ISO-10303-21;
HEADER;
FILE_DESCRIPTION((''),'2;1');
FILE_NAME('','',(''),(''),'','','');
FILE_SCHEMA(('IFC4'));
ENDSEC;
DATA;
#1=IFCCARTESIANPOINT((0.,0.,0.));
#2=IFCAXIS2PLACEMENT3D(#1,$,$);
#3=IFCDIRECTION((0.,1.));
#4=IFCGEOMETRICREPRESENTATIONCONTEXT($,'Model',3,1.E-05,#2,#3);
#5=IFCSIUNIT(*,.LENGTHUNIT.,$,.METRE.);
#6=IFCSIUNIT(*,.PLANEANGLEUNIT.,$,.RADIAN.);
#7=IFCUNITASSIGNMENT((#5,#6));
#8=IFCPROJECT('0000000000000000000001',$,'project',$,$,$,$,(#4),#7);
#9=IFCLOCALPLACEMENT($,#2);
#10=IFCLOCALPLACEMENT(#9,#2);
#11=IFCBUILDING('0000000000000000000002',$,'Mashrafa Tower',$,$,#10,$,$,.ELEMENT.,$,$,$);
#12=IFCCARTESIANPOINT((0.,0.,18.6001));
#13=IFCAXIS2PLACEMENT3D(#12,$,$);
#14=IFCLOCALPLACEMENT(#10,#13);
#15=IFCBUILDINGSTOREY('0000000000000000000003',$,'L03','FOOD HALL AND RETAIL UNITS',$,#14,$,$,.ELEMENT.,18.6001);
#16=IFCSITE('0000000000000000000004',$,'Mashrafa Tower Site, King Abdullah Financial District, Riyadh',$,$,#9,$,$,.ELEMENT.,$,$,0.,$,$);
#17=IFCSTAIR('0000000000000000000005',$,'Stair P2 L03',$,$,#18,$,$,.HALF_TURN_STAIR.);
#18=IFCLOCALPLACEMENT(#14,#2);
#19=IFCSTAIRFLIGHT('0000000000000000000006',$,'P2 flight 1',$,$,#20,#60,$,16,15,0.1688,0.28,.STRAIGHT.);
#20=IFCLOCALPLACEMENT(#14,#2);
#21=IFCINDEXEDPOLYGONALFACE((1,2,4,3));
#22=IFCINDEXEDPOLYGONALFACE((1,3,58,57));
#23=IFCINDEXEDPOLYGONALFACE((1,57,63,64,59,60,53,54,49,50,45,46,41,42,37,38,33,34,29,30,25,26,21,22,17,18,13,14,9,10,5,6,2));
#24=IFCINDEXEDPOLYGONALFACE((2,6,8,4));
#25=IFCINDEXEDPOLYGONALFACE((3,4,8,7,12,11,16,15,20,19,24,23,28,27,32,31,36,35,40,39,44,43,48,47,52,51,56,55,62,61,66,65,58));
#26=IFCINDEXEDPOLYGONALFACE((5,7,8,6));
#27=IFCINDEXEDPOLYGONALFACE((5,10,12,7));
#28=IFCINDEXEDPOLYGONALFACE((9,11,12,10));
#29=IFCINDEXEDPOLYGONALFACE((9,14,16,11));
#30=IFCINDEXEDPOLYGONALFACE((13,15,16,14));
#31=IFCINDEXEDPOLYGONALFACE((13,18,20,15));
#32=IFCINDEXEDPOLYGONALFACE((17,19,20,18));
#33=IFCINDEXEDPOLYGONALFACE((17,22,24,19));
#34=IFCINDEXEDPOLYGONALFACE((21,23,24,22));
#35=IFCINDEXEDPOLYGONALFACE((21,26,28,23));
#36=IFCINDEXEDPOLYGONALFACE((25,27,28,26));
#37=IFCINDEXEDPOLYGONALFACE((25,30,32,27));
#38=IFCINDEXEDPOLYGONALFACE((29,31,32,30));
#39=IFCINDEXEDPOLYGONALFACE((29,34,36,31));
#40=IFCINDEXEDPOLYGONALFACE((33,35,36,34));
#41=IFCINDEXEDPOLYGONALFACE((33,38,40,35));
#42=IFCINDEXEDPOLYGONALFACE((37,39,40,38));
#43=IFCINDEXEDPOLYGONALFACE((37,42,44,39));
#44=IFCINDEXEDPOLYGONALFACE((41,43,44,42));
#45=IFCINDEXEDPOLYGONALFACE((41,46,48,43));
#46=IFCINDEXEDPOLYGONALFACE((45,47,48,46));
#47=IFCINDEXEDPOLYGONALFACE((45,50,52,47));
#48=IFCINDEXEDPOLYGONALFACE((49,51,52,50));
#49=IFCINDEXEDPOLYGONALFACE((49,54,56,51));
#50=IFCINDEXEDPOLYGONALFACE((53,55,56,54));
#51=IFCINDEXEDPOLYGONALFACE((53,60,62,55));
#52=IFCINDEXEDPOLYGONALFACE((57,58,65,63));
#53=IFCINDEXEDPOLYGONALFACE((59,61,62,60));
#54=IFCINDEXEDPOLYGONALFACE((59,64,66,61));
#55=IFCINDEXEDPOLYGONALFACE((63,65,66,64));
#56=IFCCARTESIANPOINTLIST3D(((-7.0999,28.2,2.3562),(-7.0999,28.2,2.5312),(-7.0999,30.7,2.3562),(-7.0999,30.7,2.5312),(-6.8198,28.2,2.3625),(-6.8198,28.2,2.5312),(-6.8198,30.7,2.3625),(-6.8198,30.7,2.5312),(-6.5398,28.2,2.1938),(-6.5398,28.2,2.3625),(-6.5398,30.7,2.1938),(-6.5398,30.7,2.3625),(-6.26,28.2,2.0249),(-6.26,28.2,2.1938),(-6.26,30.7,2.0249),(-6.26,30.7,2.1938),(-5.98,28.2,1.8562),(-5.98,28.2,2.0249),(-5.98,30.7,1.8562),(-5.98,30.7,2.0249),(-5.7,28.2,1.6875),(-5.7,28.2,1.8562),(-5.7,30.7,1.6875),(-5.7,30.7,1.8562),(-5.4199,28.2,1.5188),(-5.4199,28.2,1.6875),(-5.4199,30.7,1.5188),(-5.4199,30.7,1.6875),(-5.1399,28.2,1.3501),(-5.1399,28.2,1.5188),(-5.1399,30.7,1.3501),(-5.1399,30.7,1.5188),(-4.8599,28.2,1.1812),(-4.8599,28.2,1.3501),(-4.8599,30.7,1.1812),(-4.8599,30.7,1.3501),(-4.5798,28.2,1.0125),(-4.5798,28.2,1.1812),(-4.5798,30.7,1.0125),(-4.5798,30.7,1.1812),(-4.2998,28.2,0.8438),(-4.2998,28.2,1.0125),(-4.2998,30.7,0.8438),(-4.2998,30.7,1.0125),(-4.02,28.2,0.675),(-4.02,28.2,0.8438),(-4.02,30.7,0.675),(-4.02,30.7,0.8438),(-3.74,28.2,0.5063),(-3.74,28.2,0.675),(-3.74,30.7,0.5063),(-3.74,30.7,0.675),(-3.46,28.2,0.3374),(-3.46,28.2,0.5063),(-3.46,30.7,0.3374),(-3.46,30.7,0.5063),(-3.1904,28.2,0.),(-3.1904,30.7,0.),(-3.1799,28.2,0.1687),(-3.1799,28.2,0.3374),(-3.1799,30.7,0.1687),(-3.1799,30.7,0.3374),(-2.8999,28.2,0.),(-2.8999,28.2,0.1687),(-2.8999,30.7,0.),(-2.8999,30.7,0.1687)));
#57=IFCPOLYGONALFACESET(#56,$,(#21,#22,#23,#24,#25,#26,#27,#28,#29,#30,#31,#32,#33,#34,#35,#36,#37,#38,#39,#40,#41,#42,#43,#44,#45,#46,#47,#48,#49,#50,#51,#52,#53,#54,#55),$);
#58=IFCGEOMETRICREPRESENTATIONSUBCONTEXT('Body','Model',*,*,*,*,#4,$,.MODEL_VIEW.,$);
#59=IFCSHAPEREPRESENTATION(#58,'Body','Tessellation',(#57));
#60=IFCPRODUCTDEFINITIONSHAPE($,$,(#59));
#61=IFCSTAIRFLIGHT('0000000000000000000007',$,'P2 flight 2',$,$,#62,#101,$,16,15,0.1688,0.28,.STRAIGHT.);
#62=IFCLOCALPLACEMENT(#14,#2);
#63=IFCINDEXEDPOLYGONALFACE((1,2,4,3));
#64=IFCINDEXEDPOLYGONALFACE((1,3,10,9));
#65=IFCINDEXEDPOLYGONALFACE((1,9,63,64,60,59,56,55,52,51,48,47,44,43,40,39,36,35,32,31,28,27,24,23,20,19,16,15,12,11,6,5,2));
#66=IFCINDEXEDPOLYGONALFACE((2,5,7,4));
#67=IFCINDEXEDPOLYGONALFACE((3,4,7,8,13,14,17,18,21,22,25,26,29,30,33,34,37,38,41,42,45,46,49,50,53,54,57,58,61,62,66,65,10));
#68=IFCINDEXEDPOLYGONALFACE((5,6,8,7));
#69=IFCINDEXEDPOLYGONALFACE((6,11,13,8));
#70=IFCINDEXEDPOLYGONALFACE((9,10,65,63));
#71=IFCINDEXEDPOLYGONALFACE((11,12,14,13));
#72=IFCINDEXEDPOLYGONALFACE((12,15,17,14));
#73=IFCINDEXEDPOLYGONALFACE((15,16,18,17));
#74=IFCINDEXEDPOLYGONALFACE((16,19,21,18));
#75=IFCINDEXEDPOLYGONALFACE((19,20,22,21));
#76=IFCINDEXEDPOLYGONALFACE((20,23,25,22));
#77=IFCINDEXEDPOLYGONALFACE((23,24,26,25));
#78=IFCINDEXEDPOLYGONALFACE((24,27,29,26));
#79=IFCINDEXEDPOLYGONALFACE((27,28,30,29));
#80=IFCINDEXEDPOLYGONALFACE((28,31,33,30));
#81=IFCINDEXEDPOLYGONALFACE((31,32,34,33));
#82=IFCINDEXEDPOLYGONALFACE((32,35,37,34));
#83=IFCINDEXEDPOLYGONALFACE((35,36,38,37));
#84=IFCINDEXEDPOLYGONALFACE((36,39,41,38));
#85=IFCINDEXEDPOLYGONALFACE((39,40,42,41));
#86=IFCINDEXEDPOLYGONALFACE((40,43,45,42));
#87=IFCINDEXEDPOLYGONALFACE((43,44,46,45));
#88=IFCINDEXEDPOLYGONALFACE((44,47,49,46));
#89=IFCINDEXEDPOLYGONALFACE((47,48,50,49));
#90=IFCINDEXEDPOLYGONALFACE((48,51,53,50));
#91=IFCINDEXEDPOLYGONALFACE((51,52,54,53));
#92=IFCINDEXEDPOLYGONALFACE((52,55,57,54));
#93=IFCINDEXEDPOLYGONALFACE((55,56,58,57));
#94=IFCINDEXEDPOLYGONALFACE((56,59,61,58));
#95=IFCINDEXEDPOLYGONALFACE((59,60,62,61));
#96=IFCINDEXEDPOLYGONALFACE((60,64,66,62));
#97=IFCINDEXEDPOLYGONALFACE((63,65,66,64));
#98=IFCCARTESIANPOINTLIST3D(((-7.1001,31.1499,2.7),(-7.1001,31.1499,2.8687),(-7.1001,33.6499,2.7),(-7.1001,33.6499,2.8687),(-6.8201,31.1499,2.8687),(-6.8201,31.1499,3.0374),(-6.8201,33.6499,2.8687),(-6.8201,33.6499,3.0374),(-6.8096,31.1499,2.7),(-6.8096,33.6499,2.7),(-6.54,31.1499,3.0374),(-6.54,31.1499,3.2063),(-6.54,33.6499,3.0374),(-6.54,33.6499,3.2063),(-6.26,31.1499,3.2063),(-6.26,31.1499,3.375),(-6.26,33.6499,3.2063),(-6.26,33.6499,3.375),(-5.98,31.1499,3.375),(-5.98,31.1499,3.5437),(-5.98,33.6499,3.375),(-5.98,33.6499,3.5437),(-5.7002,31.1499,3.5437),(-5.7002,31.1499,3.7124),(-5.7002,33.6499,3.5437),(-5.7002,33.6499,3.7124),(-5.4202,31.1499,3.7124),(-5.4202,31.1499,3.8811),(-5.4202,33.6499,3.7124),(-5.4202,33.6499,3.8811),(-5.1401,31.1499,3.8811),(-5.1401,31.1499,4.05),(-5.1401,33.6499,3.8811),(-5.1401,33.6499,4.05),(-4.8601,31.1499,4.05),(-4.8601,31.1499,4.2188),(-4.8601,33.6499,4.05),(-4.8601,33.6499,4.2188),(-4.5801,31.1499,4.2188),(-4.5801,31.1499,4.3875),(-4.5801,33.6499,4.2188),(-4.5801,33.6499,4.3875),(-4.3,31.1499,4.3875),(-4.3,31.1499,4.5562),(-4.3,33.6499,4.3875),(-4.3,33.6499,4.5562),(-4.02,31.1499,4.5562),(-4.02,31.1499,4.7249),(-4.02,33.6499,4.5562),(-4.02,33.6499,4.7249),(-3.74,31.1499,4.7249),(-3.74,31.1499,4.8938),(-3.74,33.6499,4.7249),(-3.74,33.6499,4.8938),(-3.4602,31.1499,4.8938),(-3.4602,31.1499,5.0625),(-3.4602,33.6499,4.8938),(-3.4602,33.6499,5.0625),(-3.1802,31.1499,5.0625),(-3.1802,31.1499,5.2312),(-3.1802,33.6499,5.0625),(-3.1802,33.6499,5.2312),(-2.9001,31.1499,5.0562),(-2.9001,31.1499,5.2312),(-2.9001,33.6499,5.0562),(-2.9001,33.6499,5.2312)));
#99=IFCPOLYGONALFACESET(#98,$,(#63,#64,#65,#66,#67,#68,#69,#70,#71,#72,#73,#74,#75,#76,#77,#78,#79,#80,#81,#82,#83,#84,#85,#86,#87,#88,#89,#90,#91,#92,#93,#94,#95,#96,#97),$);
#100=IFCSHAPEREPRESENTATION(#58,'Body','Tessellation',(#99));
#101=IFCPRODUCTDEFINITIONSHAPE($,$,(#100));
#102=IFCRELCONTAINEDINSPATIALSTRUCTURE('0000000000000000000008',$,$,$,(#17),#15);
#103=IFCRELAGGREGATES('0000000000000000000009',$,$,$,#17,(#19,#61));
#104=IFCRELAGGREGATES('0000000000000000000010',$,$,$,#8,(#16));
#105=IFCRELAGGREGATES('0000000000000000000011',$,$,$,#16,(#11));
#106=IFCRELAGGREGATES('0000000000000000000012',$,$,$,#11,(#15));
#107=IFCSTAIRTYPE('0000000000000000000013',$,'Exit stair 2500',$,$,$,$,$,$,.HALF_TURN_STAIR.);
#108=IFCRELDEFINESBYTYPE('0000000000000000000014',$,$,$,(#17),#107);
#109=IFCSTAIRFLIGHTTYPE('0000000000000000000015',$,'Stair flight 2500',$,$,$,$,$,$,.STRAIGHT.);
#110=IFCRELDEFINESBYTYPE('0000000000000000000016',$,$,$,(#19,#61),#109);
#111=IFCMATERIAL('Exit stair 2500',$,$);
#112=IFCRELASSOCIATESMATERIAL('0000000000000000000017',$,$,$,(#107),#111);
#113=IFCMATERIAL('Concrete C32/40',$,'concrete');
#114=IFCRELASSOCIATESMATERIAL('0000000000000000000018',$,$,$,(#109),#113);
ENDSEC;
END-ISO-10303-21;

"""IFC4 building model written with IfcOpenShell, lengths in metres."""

from ifc_helpers import new_model, si_unit, direction, frame, origin, place, context, subcontext, project, spatial, polyline, outline, extrude, material, type_object, element, aggregate, save


model = new_model("IFC4")

# Units and contexts
model_context = context("Model", 3, precision=1e-05, world=origin(), true_north=direction((0.0, 1.0)))
body_context = subcontext(model_context, "Body", "Model", "MODEL_VIEW")
ifc_project = project(units=[si_unit("LENGTHUNIT", "METRE"), si_unit("PLANEANGLEUNIT", "RADIAN")], contexts=[model_context])

# Site, building, storey
site_placement = place(None, origin())
site = spatial("IfcSite", under=ifc_project, at=site_placement, Name="Mashrafa Tower Site, King Abdullah Financial District, Riyadh", CompositionType="ELEMENT", RefElevation=0.0)
building_placement = place(site_placement, origin())
building = spatial("IfcBuilding", under=site, at=building_placement, Name="Mashrafa Tower", CompositionType="ELEMENT")
storey_placement = place(building_placement, frame((0.0, 0.0, 18.6001)))
storey = spatial("IfcBuildingStorey", under=building, at=storey_placement, Name="L03", Description="FOOD HALL AND RETAIL UNITS", CompositionType="ELEMENT", Elevation=18.6001)

# Stair, stair flights
ifc_material_1 = material(Name="Exit stair 2500")
stair_type = type_object("IfcStairType", Name="Exit stair 2500", PredefinedType="HALF_TURN_STAIR", material=ifc_material_1)
stair_placement = place(storey_placement, origin())
stair = element("IfcStair", 1, at=stair_placement, inside=storey, type_object=stair_type, Name="Stair P2 L03", PredefinedType="HALF_TURN_STAIR")
ifc_material_2 = material(Name="Concrete C32/40", Category="concrete")
stair_flight_type = type_object("IfcStairFlightType", Name="Stair flight 2500", PredefinedType="STRAIGHT", material=ifc_material_2)
stair_flight_1_placement = place(storey_placement, frame((-2.8999, 29.45, 0.0), z_axis=(0.0, 0.0, 1.0), x_axis=(-1.0, 0.0, 0.0)))
stair_flight_1 = element("IfcStairFlight", 2, at=stair_flight_1_placement, type_object=stair_flight_type, Name="P2 flight 1", NumberOfRisers=16, NumberOfTreads=15, PredefinedType="STRAIGHT", RiserHeight=0.1688, TreadLength=0.28, context=body_context, shape_type="SweptSolid", body=[
    extrude(outline(polyline([(0.0, 0.0), (0.0, 0.1687), (0.28, 0.1687), (0.28, 0.3374), (0.5601, 0.3374), (0.5601, 0.5063), (0.8401, 0.5063), (0.8401, 0.675), (1.1201, 0.675), (1.1201, 0.8438), (1.3999, 0.8438), (1.3999, 1.0125), (1.6799, 1.0125), (1.6799, 1.1812), (1.96, 1.1812), (1.96, 1.3501), (2.24, 1.3501), (2.24, 1.5188), (2.52, 1.5188), (2.52, 1.6875), (2.8, 1.6875), (2.8, 1.8562), (3.0801, 1.8562), (3.0801, 2.0249), (3.3601, 2.0249), (3.3601, 2.1938), (3.6399, 2.1938), (3.6399, 2.3625), (3.9199, 2.3625), (3.9199, 2.5312), (4.2, 2.5312), (4.2, 2.7), (4.2, 2.3562), (0.2905, 0.0), (0.0, 0.0)])), frame((0.0, 1.25, 0.0), z_axis=(0.0, -1.0, 0.0), x_axis=(1.0, 0.0, 0.0)), (0.0, 0.0, 1.0), 2.5),
])
stair_flight_2_placement = place(storey_placement, frame((-7.1001, 32.3999, 2.7), z_axis=(0.0, 0.0, 1.0), x_axis=(1.0, 0.0, 0.0)))
stair_flight_2 = element("IfcStairFlight", 3, at=stair_flight_2_placement, type_object=stair_flight_type, Name="P2 flight 2", NumberOfRisers=16, NumberOfTreads=15, PredefinedType="STRAIGHT", RiserHeight=0.1688, TreadLength=0.28, context=body_context, shape_type="SweptSolid", body=[
    extrude(outline(polyline([(0.0, 0.0), (0.0, 0.1687), (0.28, 0.1687), (0.28, 0.3374), (0.5601, 0.3374), (0.5601, 0.5063), (0.8401, 0.5063), (0.8401, 0.675), (1.1201, 0.675), (1.1201, 0.8438), (1.3999, 0.8438), (1.3999, 1.0125), (1.6799, 1.0125), (1.6799, 1.1812), (1.96, 1.1812), (1.96, 1.3501), (2.24, 1.3501), (2.24, 1.5188), (2.52, 1.5188), (2.52, 1.6875), (2.8, 1.6875), (2.8, 1.8562), (3.0801, 1.8562), (3.0801, 2.0249), (3.3601, 2.0249), (3.3601, 2.1938), (3.6399, 2.1938), (3.6399, 2.3625), (3.9199, 2.3625), (3.9199, 2.5312), (4.2, 2.5312), (4.2, 2.7), (4.2, 2.3562), (0.2905, 0.0), (0.0, 0.0)])), frame((0.0, 1.25, 0.0), z_axis=(0.0, -1.0, 0.0), x_axis=(1.0, 0.0, 0.0)), (0.0, 0.0, 1.0), 2.5),
])
aggregate(stair, [stair_flight_1, stair_flight_2])

save(model, "model.ifc")
